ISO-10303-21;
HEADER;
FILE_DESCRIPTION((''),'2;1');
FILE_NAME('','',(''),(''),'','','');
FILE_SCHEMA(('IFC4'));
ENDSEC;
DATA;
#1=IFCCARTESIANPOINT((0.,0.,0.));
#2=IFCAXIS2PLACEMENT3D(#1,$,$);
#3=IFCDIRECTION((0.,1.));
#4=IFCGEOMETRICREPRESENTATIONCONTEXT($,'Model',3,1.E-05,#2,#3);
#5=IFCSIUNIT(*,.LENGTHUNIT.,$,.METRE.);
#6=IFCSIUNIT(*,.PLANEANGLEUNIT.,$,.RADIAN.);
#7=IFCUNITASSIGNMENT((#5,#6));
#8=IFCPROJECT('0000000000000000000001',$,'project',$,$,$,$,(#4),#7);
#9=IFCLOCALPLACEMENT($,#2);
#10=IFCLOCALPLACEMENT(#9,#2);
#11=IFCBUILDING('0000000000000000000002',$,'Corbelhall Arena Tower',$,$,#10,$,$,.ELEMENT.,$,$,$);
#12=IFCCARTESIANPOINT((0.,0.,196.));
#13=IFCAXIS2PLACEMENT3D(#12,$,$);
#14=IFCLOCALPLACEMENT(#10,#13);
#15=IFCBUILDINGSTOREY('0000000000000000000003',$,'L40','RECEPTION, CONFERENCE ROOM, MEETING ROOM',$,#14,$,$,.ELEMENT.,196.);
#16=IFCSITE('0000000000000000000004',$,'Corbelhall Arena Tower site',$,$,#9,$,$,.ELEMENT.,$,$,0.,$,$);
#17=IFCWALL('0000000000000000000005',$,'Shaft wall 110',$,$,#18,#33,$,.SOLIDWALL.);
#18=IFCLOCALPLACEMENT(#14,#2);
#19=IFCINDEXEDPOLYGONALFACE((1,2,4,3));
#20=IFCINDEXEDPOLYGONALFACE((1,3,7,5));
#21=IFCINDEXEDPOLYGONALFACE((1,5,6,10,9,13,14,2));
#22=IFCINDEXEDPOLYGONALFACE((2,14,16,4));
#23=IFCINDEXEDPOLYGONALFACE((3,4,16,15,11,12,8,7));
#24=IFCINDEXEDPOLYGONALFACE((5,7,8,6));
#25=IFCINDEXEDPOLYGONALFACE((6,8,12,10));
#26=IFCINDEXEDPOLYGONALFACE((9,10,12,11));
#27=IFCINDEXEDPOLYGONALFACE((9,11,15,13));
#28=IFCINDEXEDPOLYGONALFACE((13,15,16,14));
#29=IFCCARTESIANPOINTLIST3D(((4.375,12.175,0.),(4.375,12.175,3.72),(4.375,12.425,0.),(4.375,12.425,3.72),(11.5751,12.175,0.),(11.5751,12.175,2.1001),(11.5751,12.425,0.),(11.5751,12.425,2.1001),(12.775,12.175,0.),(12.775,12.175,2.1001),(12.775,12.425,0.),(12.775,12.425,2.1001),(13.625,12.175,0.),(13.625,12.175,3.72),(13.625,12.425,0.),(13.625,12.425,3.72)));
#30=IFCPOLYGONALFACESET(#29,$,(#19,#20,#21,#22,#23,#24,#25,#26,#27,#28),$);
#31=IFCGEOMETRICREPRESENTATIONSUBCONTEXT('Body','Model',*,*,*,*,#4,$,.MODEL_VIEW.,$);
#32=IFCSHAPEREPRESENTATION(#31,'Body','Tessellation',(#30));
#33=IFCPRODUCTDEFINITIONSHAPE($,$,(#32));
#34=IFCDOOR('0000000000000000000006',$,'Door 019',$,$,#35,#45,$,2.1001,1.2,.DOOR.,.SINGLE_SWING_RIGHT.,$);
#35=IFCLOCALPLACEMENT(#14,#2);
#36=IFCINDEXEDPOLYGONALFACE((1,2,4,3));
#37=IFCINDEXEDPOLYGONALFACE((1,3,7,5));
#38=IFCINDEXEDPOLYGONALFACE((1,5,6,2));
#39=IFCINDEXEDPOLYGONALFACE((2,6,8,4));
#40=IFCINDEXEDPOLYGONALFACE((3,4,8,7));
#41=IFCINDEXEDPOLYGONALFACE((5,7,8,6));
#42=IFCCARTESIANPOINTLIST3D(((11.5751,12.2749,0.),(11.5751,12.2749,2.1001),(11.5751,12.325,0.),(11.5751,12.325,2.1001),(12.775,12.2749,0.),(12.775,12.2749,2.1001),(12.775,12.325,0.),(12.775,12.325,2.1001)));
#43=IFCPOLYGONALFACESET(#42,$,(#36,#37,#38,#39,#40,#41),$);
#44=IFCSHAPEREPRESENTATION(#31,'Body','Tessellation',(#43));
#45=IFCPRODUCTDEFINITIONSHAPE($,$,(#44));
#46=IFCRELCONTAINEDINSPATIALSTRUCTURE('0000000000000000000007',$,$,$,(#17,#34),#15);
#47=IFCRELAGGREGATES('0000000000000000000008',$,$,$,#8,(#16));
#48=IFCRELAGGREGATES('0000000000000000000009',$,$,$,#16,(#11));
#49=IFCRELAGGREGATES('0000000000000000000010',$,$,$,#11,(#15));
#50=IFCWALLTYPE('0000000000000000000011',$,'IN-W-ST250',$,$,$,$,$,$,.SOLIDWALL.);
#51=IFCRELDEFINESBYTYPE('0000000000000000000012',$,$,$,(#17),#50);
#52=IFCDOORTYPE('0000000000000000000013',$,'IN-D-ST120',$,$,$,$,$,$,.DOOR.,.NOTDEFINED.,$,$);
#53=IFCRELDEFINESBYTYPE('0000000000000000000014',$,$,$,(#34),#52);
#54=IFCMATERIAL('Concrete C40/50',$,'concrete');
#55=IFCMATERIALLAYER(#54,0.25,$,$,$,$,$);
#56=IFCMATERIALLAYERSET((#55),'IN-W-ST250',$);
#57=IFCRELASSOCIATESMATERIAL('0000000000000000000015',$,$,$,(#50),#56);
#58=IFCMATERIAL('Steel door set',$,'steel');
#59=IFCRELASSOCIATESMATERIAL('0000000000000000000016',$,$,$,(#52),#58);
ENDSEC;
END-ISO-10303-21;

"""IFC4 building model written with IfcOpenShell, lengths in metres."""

from ifc_helpers import new_model, si_unit, direction, frame, frame_2d, origin, place, context, subcontext, project, spatial, rectangle, extrude, material, layer, layer_set, type_object, element, fill, save


model = new_model("IFC4")

# Units and contexts
model_context = context("Model", 3, precision=1e-05, world=origin(), true_north=direction((0.0, 1.0)))
body_context = subcontext(model_context, "Body", "Model", "MODEL_VIEW")
ifc_project = project(units=[si_unit("LENGTHUNIT", "METRE"), si_unit("PLANEANGLEUNIT", "RADIAN")], contexts=[model_context])

# Site, building, storey
site_placement = place(None, origin())
site = spatial("IfcSite", under=ifc_project, at=site_placement, Name="Corbelhall Arena Tower site", CompositionType="ELEMENT", RefElevation=0.0)
building_placement = place(site_placement, origin())
building = spatial("IfcBuilding", under=site, at=building_placement, Name="Corbelhall Arena Tower", CompositionType="ELEMENT")
storey_placement = place(building_placement, frame((0.0, 0.0, 196.0)))
storey = spatial("IfcBuildingStorey", under=building, at=storey_placement, Name="L40", Description="RECEPTION, CONFERENCE ROOM, MEETING ROOM", CompositionType="ELEMENT", Elevation=196.0)

# Shared definitions
ifc_material_1 = material(Name="Concrete C40/50", Category="concrete")

# Shared definitions
ifc_material_2 = material(Name="Steel door set", Category="steel")

# Wall, opening, door
ifc_layer_1 = layer(ifc_material_1, 0.25)
ifc_layer_set_1 = layer_set([ifc_layer_1], Name="IN-W-ST250")
wall_type_1 = type_object("IfcWallType", Name="IN-W-ST250", PredefinedType="SOLIDWALL", material=ifc_layer_set_1)
wall_1_placement = place(storey_placement, frame((4.375, 12.3, 0.0), z_axis=(0.0, 0.0, 1.0), x_axis=(1.0, 0.0, 0.0)))
wall_1 = element("IfcWall", 1, at=wall_1_placement, inside=storey, type_object=wall_type_1, Name="Shaft wall 110", PredefinedType="SOLIDWALL", context=body_context, shape_type="SweptSolid", body=[
    extrude(rectangle(XDim=9.25, YDim=0.25, at=frame_2d((4.625, 0.0))), origin(), (0.0, 0.0, 1.0), 3.72),
])
opening_1_placement = place(wall_1_placement, frame((7.2, 0.0, 0.0)))
opening_1 = element("IfcOpeningElement", 2, at=opening_1_placement, cuts=wall_1, PredefinedType="OPENING", context=body_context, shape_type="SweptSolid", body=[
    extrude(rectangle(XDim=1.2, YDim=2.1001, at=frame_2d((0.6001, 1.05))), frame((0.0, 0.125, 0.0), z_axis=(0.0, -1.0, 0.0), x_axis=(1.0, 0.0, 0.0)), (0.0, 0.0, 1.0), 0.25),
])
door_type_1 = type_object("IfcDoorType", Name="IN-D-ST120", OperationType="NOTDEFINED", PredefinedType="DOOR", material=ifc_material_2)
door_1_placement = place(opening_1_placement, origin())
door_1 = element("IfcDoor", 3, at=door_1_placement, inside=storey, type_object=door_type_1, Name="Door 019", OperationType="SINGLE_SWING_RIGHT", OverallHeight=2.1001, OverallWidth=1.2, PredefinedType="DOOR", context=body_context, shape_type="SweptSolid", body=[
    extrude(rectangle(XDim=1.2, YDim=2.1001, at=frame_2d((0.6001, 1.05))), frame((0.0, 0.0249, 0.0), z_axis=(0.0, -1.0, 0.0), x_axis=(1.0, 0.0, 0.0)), (0.0, 0.0, 1.0), 0.05),
])
fill(opening_1, door_1)

save(model, "model.ifc")
